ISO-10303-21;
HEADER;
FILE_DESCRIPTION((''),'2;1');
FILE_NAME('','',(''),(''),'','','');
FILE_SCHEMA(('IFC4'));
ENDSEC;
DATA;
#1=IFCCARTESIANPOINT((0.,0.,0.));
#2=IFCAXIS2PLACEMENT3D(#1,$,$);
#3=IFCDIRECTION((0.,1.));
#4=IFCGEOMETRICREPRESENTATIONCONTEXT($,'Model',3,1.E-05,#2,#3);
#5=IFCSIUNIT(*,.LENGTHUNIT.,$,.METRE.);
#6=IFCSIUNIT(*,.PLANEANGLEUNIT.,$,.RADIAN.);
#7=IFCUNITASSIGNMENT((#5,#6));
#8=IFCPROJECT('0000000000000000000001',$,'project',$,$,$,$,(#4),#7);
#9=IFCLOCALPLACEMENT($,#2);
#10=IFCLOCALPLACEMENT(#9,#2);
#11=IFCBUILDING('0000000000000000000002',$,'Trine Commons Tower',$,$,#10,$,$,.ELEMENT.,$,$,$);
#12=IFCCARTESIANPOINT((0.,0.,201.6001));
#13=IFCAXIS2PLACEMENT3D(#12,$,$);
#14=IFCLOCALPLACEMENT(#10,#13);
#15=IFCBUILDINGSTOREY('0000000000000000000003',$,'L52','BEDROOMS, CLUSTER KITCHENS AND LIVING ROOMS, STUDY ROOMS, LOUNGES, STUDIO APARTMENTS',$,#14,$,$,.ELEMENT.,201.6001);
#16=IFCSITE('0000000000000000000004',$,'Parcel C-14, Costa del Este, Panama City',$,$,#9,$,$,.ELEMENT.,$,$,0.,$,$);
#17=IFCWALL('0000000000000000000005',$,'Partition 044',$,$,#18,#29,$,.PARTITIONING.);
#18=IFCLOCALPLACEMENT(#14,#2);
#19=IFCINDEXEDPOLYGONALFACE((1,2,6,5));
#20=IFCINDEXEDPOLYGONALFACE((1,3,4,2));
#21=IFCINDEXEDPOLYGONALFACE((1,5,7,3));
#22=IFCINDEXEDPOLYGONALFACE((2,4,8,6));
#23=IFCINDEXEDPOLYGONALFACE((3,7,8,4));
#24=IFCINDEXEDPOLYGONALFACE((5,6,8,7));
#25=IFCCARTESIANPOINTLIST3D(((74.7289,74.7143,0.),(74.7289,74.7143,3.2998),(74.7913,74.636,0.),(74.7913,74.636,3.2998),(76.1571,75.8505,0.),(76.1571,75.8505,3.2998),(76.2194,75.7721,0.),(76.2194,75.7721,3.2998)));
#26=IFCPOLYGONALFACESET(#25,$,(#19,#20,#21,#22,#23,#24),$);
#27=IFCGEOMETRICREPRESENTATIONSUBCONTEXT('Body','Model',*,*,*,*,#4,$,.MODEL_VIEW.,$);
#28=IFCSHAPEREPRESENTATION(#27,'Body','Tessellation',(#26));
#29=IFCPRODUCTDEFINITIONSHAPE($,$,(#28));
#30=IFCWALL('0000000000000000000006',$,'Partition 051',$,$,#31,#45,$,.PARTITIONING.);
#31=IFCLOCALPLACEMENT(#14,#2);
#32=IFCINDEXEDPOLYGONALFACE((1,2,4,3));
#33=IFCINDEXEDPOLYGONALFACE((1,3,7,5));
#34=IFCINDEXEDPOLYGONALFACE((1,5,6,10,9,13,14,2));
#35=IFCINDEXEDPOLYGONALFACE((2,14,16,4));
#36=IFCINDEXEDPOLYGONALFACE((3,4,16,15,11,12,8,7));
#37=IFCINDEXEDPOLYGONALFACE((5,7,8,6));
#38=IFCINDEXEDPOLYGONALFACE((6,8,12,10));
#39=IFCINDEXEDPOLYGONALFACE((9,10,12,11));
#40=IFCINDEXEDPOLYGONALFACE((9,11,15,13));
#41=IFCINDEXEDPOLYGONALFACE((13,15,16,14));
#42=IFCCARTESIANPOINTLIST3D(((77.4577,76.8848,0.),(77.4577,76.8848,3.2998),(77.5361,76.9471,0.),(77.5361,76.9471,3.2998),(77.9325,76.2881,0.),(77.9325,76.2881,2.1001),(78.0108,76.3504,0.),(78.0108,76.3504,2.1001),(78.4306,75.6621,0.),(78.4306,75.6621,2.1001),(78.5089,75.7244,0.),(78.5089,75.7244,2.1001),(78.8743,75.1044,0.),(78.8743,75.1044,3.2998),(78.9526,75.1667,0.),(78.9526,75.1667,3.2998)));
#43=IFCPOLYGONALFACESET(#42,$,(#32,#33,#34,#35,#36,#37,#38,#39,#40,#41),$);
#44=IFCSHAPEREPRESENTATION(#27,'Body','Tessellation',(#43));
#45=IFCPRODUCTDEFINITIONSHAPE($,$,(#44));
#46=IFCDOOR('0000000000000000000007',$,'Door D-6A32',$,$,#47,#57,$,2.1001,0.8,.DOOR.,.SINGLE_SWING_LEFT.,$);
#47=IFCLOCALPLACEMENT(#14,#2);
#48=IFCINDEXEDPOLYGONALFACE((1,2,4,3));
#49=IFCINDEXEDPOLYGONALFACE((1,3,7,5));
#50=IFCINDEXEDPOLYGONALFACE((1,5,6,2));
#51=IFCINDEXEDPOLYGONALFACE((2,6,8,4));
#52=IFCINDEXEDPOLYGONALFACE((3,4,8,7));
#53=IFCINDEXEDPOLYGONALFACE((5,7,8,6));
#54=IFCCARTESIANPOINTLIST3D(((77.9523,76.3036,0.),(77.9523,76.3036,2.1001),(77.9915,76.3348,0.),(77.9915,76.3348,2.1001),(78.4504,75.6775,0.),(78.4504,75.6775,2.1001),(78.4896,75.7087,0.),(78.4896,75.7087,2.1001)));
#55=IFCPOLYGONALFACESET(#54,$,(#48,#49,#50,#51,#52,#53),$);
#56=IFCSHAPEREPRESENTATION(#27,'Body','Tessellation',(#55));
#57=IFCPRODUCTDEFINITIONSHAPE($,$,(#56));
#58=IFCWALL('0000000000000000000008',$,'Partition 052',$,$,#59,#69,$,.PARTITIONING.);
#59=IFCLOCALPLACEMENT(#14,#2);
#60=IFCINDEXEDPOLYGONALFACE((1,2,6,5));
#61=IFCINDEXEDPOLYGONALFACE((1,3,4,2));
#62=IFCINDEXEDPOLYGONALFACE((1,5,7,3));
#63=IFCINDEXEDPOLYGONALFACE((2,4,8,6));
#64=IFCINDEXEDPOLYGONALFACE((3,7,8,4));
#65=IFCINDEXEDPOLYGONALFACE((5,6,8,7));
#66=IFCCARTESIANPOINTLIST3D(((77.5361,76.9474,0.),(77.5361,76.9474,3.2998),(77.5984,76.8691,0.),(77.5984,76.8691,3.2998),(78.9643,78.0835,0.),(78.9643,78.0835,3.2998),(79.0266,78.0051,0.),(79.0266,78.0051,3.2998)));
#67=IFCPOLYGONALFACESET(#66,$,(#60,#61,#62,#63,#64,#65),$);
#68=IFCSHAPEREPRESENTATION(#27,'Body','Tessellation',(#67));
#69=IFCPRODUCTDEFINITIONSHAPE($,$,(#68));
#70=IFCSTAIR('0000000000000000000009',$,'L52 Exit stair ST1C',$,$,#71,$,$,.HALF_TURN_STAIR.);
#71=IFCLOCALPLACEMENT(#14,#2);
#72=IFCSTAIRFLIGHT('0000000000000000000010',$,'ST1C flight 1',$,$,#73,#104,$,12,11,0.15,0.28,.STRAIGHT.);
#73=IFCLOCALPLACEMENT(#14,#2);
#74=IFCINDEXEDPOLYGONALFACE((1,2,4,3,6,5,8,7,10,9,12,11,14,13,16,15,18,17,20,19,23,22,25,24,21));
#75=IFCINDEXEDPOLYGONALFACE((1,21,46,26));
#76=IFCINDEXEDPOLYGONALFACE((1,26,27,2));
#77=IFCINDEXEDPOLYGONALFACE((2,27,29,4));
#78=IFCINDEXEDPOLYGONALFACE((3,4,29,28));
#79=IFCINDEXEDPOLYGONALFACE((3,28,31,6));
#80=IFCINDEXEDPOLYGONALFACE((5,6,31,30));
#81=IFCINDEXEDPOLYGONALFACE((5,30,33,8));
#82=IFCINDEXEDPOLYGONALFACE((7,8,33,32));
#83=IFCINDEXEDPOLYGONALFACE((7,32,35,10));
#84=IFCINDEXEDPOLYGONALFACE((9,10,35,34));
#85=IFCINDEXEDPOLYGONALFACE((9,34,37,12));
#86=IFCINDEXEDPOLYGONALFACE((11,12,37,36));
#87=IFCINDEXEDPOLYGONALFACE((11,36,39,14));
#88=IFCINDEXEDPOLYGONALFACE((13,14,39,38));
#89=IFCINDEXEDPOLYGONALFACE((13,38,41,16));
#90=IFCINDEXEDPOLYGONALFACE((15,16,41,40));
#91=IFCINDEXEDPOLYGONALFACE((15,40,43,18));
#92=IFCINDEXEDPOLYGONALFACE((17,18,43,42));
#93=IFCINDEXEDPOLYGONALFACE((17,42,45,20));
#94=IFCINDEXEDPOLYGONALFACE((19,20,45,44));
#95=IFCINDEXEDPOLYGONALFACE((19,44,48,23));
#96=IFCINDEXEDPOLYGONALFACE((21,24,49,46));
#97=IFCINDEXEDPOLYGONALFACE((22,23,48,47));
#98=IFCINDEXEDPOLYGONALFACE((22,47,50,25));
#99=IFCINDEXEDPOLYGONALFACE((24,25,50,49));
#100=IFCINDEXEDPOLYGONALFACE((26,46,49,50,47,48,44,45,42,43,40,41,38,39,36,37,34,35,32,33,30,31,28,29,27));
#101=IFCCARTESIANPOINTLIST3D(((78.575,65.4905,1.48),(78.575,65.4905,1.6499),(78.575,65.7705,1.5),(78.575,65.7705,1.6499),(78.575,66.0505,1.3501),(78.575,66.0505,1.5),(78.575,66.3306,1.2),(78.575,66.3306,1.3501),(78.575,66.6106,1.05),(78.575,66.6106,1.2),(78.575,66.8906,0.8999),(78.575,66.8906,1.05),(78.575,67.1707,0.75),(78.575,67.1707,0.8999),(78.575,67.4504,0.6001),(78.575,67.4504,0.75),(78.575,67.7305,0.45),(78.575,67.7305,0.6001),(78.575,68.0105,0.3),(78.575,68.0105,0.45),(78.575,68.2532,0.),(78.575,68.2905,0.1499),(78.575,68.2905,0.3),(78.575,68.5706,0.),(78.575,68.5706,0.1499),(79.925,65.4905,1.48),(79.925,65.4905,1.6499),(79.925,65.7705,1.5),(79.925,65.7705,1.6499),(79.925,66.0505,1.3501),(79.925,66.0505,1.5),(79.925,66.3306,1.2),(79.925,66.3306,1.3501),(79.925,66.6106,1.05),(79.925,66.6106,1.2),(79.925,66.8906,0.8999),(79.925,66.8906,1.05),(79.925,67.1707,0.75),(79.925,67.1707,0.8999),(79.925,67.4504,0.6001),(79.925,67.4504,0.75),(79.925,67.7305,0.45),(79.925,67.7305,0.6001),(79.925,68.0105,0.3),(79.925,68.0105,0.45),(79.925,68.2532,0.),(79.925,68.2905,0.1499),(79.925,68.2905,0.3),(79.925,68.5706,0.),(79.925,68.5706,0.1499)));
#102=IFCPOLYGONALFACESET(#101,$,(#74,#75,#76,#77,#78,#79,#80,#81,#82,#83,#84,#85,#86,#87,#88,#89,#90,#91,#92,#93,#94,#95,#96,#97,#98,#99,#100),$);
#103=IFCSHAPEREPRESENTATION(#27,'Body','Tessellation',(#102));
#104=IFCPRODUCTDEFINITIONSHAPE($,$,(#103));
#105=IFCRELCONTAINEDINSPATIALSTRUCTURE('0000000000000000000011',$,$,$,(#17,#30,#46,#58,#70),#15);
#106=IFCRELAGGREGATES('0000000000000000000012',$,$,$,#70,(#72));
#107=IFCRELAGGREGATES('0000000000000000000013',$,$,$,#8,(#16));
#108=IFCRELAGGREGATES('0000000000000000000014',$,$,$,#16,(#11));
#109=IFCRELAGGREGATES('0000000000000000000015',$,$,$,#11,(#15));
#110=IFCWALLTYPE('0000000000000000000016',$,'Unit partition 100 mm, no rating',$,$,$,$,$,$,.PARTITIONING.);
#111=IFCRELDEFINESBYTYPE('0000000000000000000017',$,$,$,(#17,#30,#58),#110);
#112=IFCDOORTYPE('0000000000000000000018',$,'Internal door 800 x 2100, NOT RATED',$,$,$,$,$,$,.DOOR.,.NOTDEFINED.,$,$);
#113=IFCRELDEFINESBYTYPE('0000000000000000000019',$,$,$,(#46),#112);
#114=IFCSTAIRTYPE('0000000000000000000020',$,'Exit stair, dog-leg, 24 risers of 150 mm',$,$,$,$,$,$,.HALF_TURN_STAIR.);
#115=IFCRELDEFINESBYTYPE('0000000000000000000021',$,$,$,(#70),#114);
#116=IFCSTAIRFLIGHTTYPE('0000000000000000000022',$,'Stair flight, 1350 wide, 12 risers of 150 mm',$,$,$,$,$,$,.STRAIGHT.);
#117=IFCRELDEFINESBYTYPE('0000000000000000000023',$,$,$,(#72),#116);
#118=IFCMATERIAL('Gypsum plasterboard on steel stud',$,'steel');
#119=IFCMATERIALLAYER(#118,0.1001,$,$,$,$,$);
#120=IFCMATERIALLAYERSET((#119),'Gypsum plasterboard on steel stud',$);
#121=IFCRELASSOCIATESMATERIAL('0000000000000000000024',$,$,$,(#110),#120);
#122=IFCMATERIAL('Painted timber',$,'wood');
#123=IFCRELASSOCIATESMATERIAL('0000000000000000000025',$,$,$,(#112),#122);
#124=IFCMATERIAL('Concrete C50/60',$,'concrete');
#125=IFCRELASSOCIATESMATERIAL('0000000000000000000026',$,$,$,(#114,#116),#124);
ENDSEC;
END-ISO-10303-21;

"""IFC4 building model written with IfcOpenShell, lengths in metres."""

from ifc_helpers import new_model, si_unit, direction, frame, frame_2d, origin, place, context, subcontext, project, spatial, polyline, rectangle, outline, extrude, material, layer, layer_set, type_object, element, fill, aggregate, save


model = new_model("IFC4")

# Units and contexts
model_context = context("Model", 3, precision=1e-05, world=origin(), true_north=direction((0.0, 1.0)))
body_context = subcontext(model_context, "Body", "Model", "MODEL_VIEW")
ifc_project = project(units=[si_unit("LENGTHUNIT", "METRE"), si_unit("PLANEANGLEUNIT", "RADIAN")], contexts=[model_context])

# Site, building, storey
site_placement = place(None, origin())
site = spatial("IfcSite", under=ifc_project, at=site_placement, Name="Parcel C-14, Costa del Este, Panama City", CompositionType="ELEMENT", RefElevation=0.0)
building_placement = place(site_placement, origin())
building = spatial("IfcBuilding", under=site, at=building_placement, Name="Trine Commons Tower", CompositionType="ELEMENT")
storey_placement = place(building_placement, frame((0.0, 0.0, 201.6001)))
storey = spatial("IfcBuildingStorey", under=building, at=storey_placement, Name="L52", Description="BEDROOMS, CLUSTER KITCHENS AND LIVING ROOMS, STUDY ROOMS, LOUNGES, STUDIO APARTMENTS", CompositionType="ELEMENT", Elevation=201.6001)

# Shared definitions
ifc_material_1 = material(Name="Gypsum plasterboard on steel stud", Category="steel")

# Shared definitions
ifc_material_2 = material(Name="Painted timber", Category="wood")

# Shared definitions
ifc_layer_1 = layer(ifc_material_1, 0.1001)
ifc_layer_set_1 = layer_set([ifc_layer_1], Name="Gypsum plasterboard on steel stud")
wall_type_1 = type_object("IfcWallType", Name="Unit partition 100 mm, no rating", PredefinedType="PARTITIONING", material=ifc_layer_set_1)
door_type_1 = type_object("IfcDoorType", Name="Internal door 800 x 2100, NOT RATED", OperationType="NOTDEFINED", PredefinedType="DOOR", material=ifc_material_2)

# Wall
wall_1_placement = place(storey_placement, frame((74.76, 74.675, 0.0), z_axis=(0.0, 0.0, 1.0), x_axis=(0.782563, 0.622572, 0.0)))
element("IfcWall", 1, at=wall_1_placement, inside=storey, type_object=wall_type_1, Name="Partition 044", PredefinedType="PARTITIONING", context=body_context, shape_type="SweptSolid", body=[
    extrude(rectangle(XDim=1.825, YDim=0.1001, at=frame_2d((0.9126, 0.0))), origin(), (0.0, 0.0, 1.0), 3.2998),
])

# Wall, opening, door
wall_2_placement = place(storey_placement, frame((77.4968, 76.916, 0.0), z_axis=(0.0, 0.0, 1.0), x_axis=(0.622625, -0.78252, 0.0)))
wall_2 = element("IfcWall", 2, at=wall_2_placement, inside=storey, type_object=wall_type_1, Name="Partition 051", PredefinedType="PARTITIONING", context=body_context, shape_type="SweptSolid", body=[
    extrude(rectangle(XDim=2.2751, YDim=0.1001, at=frame_2d((1.1377, 0.0))), origin(), (0.0, 0.0, 1.0), 3.2998),
])
opening_1_placement = place(wall_2_placement, frame((0.7627, 0.0, 0.0)))
opening_1 = element("IfcOpeningElement", 3, at=opening_1_placement, cuts=wall_2, PredefinedType="OPENING", context=body_context, shape_type="SweptSolid", body=[
    extrude(rectangle(XDim=0.8, YDim=2.1001, at=frame_2d((0.3999, 1.05))), frame((0.0, 0.0601, 0.0), z_axis=(0.0, -1.0, 0.0), x_axis=(1.0, 0.0, 0.0)), (0.0, 0.0, 1.0), 0.1201),
])
door_1_placement = place(opening_1_placement, frame((0.8, 0.0, 0.0), z_axis=(0.0, 0.0, 1.0), x_axis=(-1.0, 0.0, 0.0)))
door_1 = element("IfcDoor", 4, at=door_1_placement, inside=storey, type_object=door_type_1, Name="Door D-6A32", OperationType="SINGLE_SWING_LEFT", OverallHeight=2.1001, OverallWidth=0.8, PredefinedType="DOOR", context=body_context, shape_type="SweptSolid", body=[
    extrude(rectangle(XDim=0.8, YDim=2.1001, at=frame_2d((0.3999, 1.05))), frame((0.0, 0.0249, 0.0), z_axis=(0.0, -1.0, 0.0), x_axis=(1.0, 0.0, 0.0)), (0.0, 0.0, 1.0), 0.05),
])
fill(opening_1, door_1)

# Wall
wall_3_placement = place(storey_placement, frame((77.5671, 76.9082, 0.0), z_axis=(0.0, 0.0, 1.0), x_axis=(0.782628, 0.62249, 0.0)))
element("IfcWall", 5, at=wall_3_placement, inside=storey, type_object=wall_type_1, Name="Partition 052", PredefinedType="PARTITIONING", context=body_context, shape_type="SweptSolid", body=[
    extrude(rectangle(XDim=1.825, YDim=0.1001, at=frame_2d((0.9126, 0.0))), origin(), (0.0, 0.0, 1.0), 3.2998),
])

# Stair, stair flight
ifc_material_3 = material(Name="Concrete C50/60", Category="concrete")
stair_type = type_object("IfcStairType", Name="Exit stair, dog-leg, 24 risers of 150 mm", PredefinedType="HALF_TURN_STAIR", material=ifc_material_3)
stair_placement = place(storey_placement, origin())
stair = element("IfcStair", 6, at=stair_placement, inside=storey, type_object=stair_type, Name="L52 Exit stair ST1C", PredefinedType="HALF_TURN_STAIR")
stair_flight_type = type_object("IfcStairFlightType", Name="Stair flight, 1350 wide, 12 risers of 150 mm", PredefinedType="STRAIGHT", material=ifc_material_3)
stair_flight_placement = place(storey_placement, frame((79.25, 68.5706, 0.0), z_axis=(0.0, 0.0, 1.0), x_axis=(0.0, -1.0, 0.0)))
stair_flight = element("IfcStairFlight", 7, at=stair_flight_placement, type_object=stair_flight_type, Name="ST1C flight 1", NumberOfRisers=12, NumberOfTreads=11, PredefinedType="STRAIGHT", RiserHeight=0.15, TreadLength=0.28, context=body_context, shape_type="SweptSolid", body=[
    extrude(outline(polyline([(0.0, 0.0), (0.0, 0.1499), (0.28, 0.1499), (0.28, 0.3), (0.5601, 0.3), (0.5601, 0.45), (0.8401, 0.45), (0.8401, 0.6001), (1.1201, 0.6001), (1.1201, 0.75), (1.3999, 0.75), (1.3999, 0.8999), (1.6799, 0.8999), (1.6799, 1.05), (1.96, 1.05), (1.96, 1.2), (2.24, 1.2), (2.24, 1.3501), (2.52, 1.3501), (2.52, 1.5), (2.8, 1.5), (2.8, 1.6499), (3.0801, 1.6499), (3.0801, 1.8), (3.0801, 1.48), (0.3174, 0.0), (0.0, 0.0)])), frame((0.0, 0.675, 0.0), z_axis=(0.0, -1.0, 0.0), x_axis=(1.0, 0.0, 0.0)), (0.0, 0.0, 1.0), 1.3501),
])
aggregate(stair, [stair_flight])

save(model, "model.ifc")
